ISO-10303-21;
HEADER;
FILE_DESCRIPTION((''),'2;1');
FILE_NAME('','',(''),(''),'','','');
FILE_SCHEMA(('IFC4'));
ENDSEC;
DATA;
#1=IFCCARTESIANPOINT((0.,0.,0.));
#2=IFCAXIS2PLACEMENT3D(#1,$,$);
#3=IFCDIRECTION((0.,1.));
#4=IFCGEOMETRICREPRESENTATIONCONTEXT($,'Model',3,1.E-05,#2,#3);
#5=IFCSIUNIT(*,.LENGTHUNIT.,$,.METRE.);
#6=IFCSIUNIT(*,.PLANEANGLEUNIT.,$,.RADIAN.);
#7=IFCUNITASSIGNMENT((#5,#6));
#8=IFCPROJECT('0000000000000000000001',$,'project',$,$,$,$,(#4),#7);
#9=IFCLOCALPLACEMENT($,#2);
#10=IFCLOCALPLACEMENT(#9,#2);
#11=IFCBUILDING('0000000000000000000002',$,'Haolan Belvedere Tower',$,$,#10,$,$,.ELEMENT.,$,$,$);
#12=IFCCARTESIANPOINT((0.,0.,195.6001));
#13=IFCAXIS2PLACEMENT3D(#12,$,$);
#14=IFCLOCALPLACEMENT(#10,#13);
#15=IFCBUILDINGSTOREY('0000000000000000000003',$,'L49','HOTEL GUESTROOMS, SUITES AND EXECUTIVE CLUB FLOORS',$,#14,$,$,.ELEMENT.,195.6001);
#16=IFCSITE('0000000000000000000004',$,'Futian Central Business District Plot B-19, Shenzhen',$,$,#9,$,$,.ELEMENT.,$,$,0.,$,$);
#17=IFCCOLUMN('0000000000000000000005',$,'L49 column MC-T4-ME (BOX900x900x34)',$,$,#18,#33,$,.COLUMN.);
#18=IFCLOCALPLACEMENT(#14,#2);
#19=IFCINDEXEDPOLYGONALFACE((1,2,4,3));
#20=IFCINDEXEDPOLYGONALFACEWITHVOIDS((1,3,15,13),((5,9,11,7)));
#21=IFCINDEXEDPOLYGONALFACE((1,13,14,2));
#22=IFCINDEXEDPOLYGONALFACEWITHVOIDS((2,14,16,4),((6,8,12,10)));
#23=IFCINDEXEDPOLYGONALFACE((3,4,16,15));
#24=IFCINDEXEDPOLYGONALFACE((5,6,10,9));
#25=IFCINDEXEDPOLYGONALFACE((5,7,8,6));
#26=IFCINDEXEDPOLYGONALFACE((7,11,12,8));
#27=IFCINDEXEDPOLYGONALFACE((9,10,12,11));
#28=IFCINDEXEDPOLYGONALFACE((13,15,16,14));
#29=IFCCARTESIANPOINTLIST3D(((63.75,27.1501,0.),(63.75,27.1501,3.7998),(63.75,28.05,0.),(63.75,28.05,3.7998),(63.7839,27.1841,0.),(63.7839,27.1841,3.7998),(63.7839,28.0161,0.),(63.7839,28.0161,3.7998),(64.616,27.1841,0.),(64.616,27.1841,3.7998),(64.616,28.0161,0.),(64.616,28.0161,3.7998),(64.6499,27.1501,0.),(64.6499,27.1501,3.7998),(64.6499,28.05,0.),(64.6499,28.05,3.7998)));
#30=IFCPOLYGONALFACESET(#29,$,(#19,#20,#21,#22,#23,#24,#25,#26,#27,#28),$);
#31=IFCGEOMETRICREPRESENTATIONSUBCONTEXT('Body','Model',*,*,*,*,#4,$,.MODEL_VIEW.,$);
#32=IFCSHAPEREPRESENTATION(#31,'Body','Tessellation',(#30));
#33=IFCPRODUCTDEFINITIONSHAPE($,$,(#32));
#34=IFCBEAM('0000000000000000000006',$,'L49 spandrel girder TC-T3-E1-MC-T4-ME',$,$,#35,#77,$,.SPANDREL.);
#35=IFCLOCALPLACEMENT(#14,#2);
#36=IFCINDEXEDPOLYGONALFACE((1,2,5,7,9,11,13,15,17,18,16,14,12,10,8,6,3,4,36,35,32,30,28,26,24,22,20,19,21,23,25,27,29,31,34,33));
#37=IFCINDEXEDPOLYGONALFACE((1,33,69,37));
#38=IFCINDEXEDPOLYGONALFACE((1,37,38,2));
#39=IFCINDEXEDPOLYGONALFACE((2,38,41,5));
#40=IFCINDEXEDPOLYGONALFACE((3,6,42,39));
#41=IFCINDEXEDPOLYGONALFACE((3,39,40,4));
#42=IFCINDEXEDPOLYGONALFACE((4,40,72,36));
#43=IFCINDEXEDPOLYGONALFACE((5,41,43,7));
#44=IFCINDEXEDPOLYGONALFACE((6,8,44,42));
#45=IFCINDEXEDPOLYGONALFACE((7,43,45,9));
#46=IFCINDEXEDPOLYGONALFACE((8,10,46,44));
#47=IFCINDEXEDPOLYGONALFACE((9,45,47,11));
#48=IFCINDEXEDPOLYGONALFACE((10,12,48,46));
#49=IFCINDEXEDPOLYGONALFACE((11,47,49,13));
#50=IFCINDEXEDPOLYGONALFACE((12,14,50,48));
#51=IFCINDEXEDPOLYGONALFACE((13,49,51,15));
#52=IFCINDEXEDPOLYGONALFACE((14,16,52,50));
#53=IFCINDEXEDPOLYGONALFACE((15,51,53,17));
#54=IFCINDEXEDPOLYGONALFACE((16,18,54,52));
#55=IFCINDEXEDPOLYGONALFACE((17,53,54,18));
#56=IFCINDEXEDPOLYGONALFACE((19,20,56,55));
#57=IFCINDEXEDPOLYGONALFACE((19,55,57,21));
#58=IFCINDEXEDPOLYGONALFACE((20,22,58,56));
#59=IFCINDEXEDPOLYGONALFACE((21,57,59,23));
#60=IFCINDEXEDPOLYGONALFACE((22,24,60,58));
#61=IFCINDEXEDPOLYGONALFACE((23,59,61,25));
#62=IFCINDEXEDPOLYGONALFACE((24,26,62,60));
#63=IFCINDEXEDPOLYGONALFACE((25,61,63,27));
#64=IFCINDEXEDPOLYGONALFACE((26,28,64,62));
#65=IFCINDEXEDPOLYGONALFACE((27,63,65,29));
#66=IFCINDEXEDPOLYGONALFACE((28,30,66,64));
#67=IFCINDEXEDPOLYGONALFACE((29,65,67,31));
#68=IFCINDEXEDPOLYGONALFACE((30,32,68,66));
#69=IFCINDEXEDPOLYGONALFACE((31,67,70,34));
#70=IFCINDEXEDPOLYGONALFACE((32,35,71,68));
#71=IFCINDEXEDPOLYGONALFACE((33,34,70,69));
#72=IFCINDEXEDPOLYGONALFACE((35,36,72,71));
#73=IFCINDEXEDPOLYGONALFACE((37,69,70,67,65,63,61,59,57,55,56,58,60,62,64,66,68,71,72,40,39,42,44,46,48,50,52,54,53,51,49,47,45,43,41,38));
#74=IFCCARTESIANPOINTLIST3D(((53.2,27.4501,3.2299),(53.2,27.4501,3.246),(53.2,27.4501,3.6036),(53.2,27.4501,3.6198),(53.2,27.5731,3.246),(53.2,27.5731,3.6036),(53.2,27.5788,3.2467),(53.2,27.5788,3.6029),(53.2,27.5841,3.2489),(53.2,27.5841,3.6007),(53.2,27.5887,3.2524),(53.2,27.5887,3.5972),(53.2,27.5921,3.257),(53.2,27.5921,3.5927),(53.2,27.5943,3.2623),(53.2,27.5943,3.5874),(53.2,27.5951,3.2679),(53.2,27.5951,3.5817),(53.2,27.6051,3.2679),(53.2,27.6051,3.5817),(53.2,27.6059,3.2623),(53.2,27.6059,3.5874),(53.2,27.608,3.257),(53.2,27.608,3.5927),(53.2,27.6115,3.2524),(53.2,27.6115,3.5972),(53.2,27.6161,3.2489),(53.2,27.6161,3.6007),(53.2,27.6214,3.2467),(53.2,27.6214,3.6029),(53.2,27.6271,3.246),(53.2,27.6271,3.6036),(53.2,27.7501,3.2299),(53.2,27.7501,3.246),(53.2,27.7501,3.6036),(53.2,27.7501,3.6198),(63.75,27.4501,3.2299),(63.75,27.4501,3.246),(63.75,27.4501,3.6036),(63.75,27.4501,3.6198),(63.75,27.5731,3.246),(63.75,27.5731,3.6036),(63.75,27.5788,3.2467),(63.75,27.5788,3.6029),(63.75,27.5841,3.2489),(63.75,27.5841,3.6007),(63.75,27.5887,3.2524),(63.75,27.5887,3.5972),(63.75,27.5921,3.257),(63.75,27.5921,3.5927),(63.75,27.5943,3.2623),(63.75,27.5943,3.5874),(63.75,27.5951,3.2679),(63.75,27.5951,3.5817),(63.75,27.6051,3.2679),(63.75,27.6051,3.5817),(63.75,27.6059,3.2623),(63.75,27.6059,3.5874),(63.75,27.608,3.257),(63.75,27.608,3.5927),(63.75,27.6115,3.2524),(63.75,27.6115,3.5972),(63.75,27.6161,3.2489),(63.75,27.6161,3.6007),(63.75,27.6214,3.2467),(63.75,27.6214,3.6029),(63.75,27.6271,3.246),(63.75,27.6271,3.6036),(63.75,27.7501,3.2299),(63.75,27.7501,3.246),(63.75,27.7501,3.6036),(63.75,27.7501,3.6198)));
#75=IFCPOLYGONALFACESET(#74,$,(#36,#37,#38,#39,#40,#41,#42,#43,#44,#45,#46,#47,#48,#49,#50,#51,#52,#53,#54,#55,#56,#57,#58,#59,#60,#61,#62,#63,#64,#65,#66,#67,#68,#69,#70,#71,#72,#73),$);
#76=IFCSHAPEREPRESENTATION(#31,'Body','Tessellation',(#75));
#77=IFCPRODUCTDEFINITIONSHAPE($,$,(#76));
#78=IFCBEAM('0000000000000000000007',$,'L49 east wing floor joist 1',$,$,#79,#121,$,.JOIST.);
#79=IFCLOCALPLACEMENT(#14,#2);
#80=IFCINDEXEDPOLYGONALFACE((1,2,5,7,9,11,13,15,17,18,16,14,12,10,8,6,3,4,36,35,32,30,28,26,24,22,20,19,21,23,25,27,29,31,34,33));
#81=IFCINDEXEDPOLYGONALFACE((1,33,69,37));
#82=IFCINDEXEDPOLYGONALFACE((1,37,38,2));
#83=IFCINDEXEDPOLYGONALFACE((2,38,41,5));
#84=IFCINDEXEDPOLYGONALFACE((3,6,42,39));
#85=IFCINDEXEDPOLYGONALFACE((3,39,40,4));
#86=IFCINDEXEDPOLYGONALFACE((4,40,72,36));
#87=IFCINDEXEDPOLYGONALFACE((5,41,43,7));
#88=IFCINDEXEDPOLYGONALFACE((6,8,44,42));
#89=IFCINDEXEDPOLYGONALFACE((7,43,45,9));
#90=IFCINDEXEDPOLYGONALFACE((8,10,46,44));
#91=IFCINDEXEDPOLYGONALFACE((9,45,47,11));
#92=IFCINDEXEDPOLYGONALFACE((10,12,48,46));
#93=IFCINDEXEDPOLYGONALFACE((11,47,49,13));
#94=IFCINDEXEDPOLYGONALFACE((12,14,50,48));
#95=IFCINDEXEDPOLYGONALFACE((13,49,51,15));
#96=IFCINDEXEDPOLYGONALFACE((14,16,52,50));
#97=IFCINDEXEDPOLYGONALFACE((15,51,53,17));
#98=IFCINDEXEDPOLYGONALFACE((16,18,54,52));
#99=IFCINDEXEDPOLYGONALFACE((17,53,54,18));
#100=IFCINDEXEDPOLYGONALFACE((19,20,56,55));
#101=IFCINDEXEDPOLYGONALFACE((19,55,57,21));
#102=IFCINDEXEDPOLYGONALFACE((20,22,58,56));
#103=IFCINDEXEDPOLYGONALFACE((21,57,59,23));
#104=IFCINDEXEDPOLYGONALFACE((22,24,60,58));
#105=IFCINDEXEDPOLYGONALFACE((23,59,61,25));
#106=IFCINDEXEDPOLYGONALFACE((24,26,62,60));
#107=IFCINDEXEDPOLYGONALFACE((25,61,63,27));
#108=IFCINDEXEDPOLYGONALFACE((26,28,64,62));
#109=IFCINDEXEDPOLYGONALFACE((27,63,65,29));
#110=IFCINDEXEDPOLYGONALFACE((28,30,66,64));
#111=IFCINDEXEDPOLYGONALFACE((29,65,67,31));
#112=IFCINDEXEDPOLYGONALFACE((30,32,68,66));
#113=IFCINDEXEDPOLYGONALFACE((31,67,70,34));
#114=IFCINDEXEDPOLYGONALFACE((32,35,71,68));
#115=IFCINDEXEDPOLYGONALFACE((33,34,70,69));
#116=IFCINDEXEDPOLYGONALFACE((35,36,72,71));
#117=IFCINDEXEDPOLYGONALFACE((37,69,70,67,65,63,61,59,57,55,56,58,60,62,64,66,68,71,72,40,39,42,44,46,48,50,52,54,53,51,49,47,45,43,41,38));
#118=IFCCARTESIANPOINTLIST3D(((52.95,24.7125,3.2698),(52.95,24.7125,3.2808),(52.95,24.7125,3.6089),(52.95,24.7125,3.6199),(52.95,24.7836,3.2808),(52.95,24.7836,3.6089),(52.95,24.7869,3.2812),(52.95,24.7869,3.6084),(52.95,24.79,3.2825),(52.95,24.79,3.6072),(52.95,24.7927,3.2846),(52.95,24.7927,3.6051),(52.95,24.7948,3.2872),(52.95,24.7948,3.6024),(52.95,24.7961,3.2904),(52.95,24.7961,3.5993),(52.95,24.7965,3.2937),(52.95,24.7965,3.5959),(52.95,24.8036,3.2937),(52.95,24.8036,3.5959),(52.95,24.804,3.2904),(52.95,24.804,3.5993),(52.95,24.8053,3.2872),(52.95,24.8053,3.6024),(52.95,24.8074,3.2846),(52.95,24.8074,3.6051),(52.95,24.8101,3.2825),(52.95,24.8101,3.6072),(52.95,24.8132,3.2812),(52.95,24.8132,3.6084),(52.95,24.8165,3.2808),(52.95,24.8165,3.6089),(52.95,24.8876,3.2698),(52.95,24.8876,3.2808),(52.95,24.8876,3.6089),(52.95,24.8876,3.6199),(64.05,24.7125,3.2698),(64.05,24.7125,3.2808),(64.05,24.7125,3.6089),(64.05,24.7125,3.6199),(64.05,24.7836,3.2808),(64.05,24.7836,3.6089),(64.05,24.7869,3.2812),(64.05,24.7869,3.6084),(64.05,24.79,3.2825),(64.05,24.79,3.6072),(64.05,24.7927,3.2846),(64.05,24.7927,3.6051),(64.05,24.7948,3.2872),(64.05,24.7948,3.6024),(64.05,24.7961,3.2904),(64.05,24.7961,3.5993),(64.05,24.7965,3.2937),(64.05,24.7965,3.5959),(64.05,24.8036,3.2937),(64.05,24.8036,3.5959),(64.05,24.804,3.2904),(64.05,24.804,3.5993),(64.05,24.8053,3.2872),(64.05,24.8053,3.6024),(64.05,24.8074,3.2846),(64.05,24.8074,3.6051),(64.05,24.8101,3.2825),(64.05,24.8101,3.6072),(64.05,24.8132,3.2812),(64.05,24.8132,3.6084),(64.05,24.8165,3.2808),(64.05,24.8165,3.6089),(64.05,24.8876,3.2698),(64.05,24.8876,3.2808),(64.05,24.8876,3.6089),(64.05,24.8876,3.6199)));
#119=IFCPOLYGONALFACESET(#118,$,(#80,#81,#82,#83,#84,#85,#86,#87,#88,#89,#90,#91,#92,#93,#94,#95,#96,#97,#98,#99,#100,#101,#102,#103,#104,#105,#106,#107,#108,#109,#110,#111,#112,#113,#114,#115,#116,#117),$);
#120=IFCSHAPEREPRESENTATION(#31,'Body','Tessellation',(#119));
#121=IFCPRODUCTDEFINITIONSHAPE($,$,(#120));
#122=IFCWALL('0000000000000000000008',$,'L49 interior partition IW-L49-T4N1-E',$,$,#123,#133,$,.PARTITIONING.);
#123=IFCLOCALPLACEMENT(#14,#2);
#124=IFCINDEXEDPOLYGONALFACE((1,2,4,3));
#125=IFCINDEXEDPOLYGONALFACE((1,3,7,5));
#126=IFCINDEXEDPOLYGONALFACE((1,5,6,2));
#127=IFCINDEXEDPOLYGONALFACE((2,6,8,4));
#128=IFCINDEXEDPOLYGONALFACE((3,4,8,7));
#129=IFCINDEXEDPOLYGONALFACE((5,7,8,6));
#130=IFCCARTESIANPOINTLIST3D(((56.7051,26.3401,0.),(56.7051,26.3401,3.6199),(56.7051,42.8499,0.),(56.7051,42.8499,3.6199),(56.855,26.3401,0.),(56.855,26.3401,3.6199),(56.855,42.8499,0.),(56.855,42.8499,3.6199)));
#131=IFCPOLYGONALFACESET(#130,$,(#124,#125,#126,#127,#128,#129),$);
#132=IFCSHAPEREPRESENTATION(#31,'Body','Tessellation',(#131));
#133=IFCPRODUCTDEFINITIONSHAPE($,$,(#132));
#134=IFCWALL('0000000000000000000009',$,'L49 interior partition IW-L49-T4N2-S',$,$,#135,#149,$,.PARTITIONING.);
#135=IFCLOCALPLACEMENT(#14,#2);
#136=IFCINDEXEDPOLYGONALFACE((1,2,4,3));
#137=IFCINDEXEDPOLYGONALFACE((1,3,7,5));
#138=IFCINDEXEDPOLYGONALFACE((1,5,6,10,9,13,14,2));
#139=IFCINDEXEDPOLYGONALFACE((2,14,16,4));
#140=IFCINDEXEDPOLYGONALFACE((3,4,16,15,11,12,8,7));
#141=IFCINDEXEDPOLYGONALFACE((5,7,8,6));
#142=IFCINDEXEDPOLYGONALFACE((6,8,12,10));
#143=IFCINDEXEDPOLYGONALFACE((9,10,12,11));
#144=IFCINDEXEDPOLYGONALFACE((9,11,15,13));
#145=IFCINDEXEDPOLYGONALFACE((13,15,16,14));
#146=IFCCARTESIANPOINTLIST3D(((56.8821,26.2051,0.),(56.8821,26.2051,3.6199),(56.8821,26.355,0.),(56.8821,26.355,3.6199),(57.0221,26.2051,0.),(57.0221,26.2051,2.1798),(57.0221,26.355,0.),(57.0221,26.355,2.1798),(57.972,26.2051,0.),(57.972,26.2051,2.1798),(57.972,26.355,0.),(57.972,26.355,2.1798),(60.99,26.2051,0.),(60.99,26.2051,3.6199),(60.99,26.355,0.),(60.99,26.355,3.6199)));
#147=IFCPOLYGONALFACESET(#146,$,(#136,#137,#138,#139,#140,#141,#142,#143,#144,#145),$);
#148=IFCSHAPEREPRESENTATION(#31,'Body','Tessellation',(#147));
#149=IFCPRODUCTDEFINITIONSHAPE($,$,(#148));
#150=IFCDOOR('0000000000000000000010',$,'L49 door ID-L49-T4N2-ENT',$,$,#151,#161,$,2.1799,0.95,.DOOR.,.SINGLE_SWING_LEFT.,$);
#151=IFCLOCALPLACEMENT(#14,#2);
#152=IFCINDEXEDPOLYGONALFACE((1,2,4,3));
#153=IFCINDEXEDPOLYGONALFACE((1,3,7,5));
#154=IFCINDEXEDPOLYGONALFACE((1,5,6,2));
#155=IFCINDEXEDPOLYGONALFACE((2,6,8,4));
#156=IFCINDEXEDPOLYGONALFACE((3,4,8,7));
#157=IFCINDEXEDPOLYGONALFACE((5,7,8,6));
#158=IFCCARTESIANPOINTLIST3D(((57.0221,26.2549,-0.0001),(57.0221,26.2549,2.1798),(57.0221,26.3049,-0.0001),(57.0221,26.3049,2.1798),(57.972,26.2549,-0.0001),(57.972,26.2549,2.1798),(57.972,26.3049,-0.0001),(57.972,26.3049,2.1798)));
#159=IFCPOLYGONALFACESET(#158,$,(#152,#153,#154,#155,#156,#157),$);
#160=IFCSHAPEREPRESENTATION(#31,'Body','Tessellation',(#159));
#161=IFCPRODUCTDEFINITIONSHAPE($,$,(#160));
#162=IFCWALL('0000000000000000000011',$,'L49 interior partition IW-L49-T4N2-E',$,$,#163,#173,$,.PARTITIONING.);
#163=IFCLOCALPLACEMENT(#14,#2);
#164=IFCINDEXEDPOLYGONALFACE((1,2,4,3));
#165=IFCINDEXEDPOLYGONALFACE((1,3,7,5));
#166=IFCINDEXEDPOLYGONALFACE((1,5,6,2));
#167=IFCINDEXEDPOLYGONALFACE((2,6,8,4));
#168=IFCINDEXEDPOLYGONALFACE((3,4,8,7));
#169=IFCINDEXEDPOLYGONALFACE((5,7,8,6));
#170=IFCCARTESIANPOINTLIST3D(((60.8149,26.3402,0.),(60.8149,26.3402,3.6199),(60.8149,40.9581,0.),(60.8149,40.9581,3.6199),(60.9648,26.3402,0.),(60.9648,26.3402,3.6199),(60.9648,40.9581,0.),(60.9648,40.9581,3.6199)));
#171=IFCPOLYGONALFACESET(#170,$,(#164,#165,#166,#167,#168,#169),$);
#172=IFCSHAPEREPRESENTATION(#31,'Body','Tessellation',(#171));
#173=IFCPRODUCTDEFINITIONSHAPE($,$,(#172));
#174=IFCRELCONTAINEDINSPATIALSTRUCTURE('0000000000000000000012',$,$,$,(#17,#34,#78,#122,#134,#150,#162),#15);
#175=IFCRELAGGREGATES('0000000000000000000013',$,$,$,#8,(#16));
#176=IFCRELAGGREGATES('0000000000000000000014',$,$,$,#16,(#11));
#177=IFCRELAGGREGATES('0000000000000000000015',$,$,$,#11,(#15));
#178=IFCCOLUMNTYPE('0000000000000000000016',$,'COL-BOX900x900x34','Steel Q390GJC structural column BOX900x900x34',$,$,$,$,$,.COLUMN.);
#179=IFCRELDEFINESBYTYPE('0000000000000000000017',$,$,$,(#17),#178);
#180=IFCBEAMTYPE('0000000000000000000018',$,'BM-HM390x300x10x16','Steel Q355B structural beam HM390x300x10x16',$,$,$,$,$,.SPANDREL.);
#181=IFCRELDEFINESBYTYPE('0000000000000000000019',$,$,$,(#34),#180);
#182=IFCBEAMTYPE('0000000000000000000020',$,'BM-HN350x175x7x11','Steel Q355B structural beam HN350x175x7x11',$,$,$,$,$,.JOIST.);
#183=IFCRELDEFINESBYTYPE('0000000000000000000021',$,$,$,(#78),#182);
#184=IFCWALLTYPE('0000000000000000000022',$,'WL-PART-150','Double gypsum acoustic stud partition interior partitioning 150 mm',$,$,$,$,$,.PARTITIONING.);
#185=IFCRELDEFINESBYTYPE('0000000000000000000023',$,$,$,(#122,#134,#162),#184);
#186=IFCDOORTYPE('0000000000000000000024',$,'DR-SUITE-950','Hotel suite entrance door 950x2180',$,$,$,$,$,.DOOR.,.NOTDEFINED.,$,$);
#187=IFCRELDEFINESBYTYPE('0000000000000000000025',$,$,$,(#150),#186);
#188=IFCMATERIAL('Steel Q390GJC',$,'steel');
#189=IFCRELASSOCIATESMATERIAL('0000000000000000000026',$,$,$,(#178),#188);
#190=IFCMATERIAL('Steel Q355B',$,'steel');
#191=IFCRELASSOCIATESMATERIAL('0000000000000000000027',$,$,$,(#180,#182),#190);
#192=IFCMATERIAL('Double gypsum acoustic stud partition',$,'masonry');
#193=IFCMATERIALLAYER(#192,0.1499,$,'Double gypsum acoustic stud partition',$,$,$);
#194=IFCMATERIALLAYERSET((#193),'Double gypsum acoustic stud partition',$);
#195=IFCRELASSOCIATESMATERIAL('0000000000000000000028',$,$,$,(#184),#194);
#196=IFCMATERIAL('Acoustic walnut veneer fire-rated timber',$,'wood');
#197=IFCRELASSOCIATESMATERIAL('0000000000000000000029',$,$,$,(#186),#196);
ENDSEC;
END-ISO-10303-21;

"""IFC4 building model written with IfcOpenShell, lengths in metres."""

from ifc_helpers import new_model, si_unit, direction, frame, frame_2d, origin, origin_2d, place, context, subcontext, project, spatial, rectangle, hollow_rectangle, i_section, extrude, material, layer, layer_set, material_profile, profile_set, type_object, element, fill, save


model = new_model("IFC4")

# Units and contexts
model_context = context("Model", 3, precision=1e-05, world=origin(), true_north=direction((0.0, 1.0)))
body_context = subcontext(model_context, "Body", "Model", "MODEL_VIEW")
ifc_project = project(units=[si_unit("LENGTHUNIT", "METRE"), si_unit("PLANEANGLEUNIT", "RADIAN")], contexts=[model_context])

# Site, building, storey
site_placement = place(None, origin())
site = spatial("IfcSite", under=ifc_project, at=site_placement, Name="Futian Central Business District Plot B-19, Shenzhen", CompositionType="ELEMENT", RefElevation=0.0)
building_placement = place(site_placement, origin())
building = spatial("IfcBuilding", under=site, at=building_placement, Name="Haolan Belvedere Tower", CompositionType="ELEMENT")
storey_placement = place(building_placement, frame((0.0, 0.0, 195.6001)))
storey = spatial("IfcBuildingStorey", under=building, at=storey_placement, Name="L49", Description="HOTEL GUESTROOMS, SUITES AND EXECUTIVE CLUB FLOORS", CompositionType="ELEMENT", Elevation=195.6001)

# Column
ifc_material_1 = material(Name="Steel Q390GJC", Category="steel")
ifc_material_profile_1 = material_profile(ifc_material_1, hollow_rectangle(XDim=0.8999, YDim=0.8999, WallThickness=0.0339, at=origin_2d()), Name="Steel Q390GJC")
ifc_profile_set_1 = profile_set([ifc_material_profile_1], Name="Steel Q390GJC")
column_type = type_object("IfcColumnType", Name="COL-BOX900x900x34", Description="Steel Q390GJC structural column BOX900x900x34", PredefinedType="COLUMN", material=ifc_profile_set_1)
column_placement = place(storey_placement, frame((64.2, 27.6001, 0.0), z_axis=(0.0, 0.0, 1.0), x_axis=(1.0, 0.0, 0.0)))
element("IfcColumn", 1, at=column_placement, inside=storey, type_object=column_type, Name="L49 column MC-T4-ME (BOX900x900x34)", PredefinedType="COLUMN", context=body_context, shape_type="SweptSolid", body=[
    extrude(hollow_rectangle(XDim=0.8999, YDim=0.8999, WallThickness=0.0339, at=origin_2d()), origin(), (0.0, 0.0, 1.0), 3.7998),
])

# Beams
ifc_material_2 = material(Name="Steel Q355B", Category="steel")
ifc_material_profile_2 = material_profile(ifc_material_2, i_section(OverallWidth=0.3, OverallDepth=0.3899, WebThickness=0.01, FlangeThickness=0.0161, FilletRadius=0.022, at=origin_2d()), Name="Steel Q355B")
ifc_profile_set_2 = profile_set([ifc_material_profile_2], Name="Steel Q355B")
beam_type_1 = type_object("IfcBeamType", Name="BM-HM390x300x10x16", Description="Steel Q355B structural beam HM390x300x10x16", PredefinedType="SPANDREL", material=ifc_profile_set_2)
beam_1_placement = place(storey_placement, frame((53.2, 27.6001, 3.4248), z_axis=(1.0, 0.0, 0.0), x_axis=(0.0, 1.0, 0.0)))
element("IfcBeam", 2, at=beam_1_placement, inside=storey, type_object=beam_type_1, Name="L49 spandrel girder TC-T3-E1-MC-T4-ME", PredefinedType="SPANDREL", context=body_context, shape_type="SweptSolid", body=[
    extrude(i_section(OverallWidth=0.3, OverallDepth=0.3899, WebThickness=0.01, FlangeThickness=0.0161, FilletRadius=0.022, at=origin_2d()), origin(), (0.0, 0.0, 1.0), 10.55),
])
ifc_material_profile_3 = material_profile(ifc_material_2, i_section(OverallWidth=0.175, OverallDepth=0.3501, WebThickness=0.0071, FlangeThickness=0.011, FilletRadius=0.0129, at=origin_2d()), Name="Steel Q355B")
ifc_profile_set_3 = profile_set([ifc_material_profile_3], Name="Steel Q355B")
beam_type_2 = type_object("IfcBeamType", Name="BM-HN350x175x7x11", Description="Steel Q355B structural beam HN350x175x7x11", PredefinedType="JOIST", material=ifc_profile_set_3)
beam_2_placement = place(storey_placement, frame((52.95, 24.8, 3.4448), z_axis=(1.0, 0.0, 0.0), x_axis=(0.0, 1.0, 0.0)))
element("IfcBeam", 3, at=beam_2_placement, inside=storey, type_object=beam_type_2, Name="L49 east wing floor joist 1", PredefinedType="JOIST", context=body_context, shape_type="SweptSolid", body=[
    extrude(i_section(OverallWidth=0.175, OverallDepth=0.3501, WebThickness=0.0071, FlangeThickness=0.011, FilletRadius=0.0129, at=origin_2d()), origin(), (0.0, 0.0, 1.0), 11.1001),
])

# Wall
ifc_material_3 = material(Name="Double gypsum acoustic stud partition", Category="masonry")
ifc_layer_1 = layer(ifc_material_3, 0.1499, Name="Double gypsum acoustic stud partition")
ifc_layer_set_1 = layer_set([ifc_layer_1], Name="Double gypsum acoustic stud partition")
wall_type_1 = type_object("IfcWallType", Name="WL-PART-150", Description="Double gypsum acoustic stud partition interior partitioning 150 mm", PredefinedType="PARTITIONING", material=ifc_layer_set_1)
wall_1_placement = place(storey_placement, frame((56.78, 26.3401, 0.0), z_axis=(0.0, 0.0, 1.0), x_axis=(0.0, 1.0, 0.0)))
element("IfcWall", 4, at=wall_1_placement, inside=storey, type_object=wall_type_1, Name="L49 interior partition IW-L49-T4N1-E", PredefinedType="PARTITIONING", context=body_context, shape_type="SweptSolid", body=[
    extrude(rectangle(XDim=16.5098, YDim=0.1499, at=frame_2d((8.2549, 0.0))), origin(), (0.0, 0.0, 1.0), 3.6199),
])

# Wall, opening, door
wall_2_placement = place(storey_placement, frame((56.8821, 26.28, 0.0), z_axis=(0.0, 0.0, 1.0), x_axis=(1.0, 0.0, 0.0)))
wall_2 = element("IfcWall", 5, at=wall_2_placement, inside=storey, type_object=wall_type_1, Name="L49 interior partition IW-L49-T4N2-S", PredefinedType="PARTITIONING", context=body_context, shape_type="SweptSolid", body=[
    extrude(rectangle(XDim=4.1079, YDim=0.1499, at=frame_2d((2.054, 0.0))), origin(), (0.0, 0.0, 1.0), 3.6199),
])
opening_1_placement = place(wall_2_placement, frame((0.1399, 0.0, 0.0)))
opening_1 = element("IfcOpeningElement", 6, at=opening_1_placement, cuts=wall_2, PredefinedType="OPENING", context=body_context, shape_type="SweptSolid", body=[
    extrude(rectangle(XDim=0.95, YDim=2.1799, at=frame_2d((0.4751, 1.0898))), frame((0.0, 0.085, 0.0), z_axis=(0.0, -1.0, 0.0), x_axis=(1.0, 0.0, 0.0)), (0.0, 0.0, 1.0), 0.1699),
])
ifc_material_4 = material(Name="Acoustic walnut veneer fire-rated timber", Category="wood")
door_type_1 = type_object("IfcDoorType", Name="DR-SUITE-950", Description="Hotel suite entrance door 950x2180", OperationType="NOTDEFINED", PredefinedType="DOOR", material=ifc_material_4)
door_1_placement = place(opening_1_placement, origin())
door_1 = element("IfcDoor", 7, at=door_1_placement, inside=storey, type_object=door_type_1, Name="L49 door ID-L49-T4N2-ENT", OperationType="SINGLE_SWING_LEFT", OverallHeight=2.1799, OverallWidth=0.95, PredefinedType="DOOR", context=body_context, shape_type="SweptSolid", body=[
    extrude(rectangle(XDim=0.95, YDim=2.1799, at=frame_2d((0.4751, 1.0898))), frame((0.0, 0.0249, 0.0), z_axis=(0.0, -1.0, 0.0), x_axis=(1.0, 0.0, 0.0)), (0.0, 0.0, 1.0), 0.05),
])
fill(opening_1, door_1)

# Wall
wall_3_placement = place(storey_placement, frame((60.8899, 26.3401, 0.0), z_axis=(0.0, 0.0, 1.0), x_axis=(0.0, 1.0, 0.0)))
element("IfcWall", 8, at=wall_3_placement, inside=storey, type_object=wall_type_1, Name="L49 interior partition IW-L49-T4N2-E", PredefinedType="PARTITIONING", context=body_context, shape_type="SweptSolid", body=[
    extrude(rectangle(XDim=14.6179, YDim=0.1499, at=frame_2d((7.3091, 0.0))), origin(), (0.0, 0.0, 1.0), 3.6199),
])

save(model, "model.ifc")
